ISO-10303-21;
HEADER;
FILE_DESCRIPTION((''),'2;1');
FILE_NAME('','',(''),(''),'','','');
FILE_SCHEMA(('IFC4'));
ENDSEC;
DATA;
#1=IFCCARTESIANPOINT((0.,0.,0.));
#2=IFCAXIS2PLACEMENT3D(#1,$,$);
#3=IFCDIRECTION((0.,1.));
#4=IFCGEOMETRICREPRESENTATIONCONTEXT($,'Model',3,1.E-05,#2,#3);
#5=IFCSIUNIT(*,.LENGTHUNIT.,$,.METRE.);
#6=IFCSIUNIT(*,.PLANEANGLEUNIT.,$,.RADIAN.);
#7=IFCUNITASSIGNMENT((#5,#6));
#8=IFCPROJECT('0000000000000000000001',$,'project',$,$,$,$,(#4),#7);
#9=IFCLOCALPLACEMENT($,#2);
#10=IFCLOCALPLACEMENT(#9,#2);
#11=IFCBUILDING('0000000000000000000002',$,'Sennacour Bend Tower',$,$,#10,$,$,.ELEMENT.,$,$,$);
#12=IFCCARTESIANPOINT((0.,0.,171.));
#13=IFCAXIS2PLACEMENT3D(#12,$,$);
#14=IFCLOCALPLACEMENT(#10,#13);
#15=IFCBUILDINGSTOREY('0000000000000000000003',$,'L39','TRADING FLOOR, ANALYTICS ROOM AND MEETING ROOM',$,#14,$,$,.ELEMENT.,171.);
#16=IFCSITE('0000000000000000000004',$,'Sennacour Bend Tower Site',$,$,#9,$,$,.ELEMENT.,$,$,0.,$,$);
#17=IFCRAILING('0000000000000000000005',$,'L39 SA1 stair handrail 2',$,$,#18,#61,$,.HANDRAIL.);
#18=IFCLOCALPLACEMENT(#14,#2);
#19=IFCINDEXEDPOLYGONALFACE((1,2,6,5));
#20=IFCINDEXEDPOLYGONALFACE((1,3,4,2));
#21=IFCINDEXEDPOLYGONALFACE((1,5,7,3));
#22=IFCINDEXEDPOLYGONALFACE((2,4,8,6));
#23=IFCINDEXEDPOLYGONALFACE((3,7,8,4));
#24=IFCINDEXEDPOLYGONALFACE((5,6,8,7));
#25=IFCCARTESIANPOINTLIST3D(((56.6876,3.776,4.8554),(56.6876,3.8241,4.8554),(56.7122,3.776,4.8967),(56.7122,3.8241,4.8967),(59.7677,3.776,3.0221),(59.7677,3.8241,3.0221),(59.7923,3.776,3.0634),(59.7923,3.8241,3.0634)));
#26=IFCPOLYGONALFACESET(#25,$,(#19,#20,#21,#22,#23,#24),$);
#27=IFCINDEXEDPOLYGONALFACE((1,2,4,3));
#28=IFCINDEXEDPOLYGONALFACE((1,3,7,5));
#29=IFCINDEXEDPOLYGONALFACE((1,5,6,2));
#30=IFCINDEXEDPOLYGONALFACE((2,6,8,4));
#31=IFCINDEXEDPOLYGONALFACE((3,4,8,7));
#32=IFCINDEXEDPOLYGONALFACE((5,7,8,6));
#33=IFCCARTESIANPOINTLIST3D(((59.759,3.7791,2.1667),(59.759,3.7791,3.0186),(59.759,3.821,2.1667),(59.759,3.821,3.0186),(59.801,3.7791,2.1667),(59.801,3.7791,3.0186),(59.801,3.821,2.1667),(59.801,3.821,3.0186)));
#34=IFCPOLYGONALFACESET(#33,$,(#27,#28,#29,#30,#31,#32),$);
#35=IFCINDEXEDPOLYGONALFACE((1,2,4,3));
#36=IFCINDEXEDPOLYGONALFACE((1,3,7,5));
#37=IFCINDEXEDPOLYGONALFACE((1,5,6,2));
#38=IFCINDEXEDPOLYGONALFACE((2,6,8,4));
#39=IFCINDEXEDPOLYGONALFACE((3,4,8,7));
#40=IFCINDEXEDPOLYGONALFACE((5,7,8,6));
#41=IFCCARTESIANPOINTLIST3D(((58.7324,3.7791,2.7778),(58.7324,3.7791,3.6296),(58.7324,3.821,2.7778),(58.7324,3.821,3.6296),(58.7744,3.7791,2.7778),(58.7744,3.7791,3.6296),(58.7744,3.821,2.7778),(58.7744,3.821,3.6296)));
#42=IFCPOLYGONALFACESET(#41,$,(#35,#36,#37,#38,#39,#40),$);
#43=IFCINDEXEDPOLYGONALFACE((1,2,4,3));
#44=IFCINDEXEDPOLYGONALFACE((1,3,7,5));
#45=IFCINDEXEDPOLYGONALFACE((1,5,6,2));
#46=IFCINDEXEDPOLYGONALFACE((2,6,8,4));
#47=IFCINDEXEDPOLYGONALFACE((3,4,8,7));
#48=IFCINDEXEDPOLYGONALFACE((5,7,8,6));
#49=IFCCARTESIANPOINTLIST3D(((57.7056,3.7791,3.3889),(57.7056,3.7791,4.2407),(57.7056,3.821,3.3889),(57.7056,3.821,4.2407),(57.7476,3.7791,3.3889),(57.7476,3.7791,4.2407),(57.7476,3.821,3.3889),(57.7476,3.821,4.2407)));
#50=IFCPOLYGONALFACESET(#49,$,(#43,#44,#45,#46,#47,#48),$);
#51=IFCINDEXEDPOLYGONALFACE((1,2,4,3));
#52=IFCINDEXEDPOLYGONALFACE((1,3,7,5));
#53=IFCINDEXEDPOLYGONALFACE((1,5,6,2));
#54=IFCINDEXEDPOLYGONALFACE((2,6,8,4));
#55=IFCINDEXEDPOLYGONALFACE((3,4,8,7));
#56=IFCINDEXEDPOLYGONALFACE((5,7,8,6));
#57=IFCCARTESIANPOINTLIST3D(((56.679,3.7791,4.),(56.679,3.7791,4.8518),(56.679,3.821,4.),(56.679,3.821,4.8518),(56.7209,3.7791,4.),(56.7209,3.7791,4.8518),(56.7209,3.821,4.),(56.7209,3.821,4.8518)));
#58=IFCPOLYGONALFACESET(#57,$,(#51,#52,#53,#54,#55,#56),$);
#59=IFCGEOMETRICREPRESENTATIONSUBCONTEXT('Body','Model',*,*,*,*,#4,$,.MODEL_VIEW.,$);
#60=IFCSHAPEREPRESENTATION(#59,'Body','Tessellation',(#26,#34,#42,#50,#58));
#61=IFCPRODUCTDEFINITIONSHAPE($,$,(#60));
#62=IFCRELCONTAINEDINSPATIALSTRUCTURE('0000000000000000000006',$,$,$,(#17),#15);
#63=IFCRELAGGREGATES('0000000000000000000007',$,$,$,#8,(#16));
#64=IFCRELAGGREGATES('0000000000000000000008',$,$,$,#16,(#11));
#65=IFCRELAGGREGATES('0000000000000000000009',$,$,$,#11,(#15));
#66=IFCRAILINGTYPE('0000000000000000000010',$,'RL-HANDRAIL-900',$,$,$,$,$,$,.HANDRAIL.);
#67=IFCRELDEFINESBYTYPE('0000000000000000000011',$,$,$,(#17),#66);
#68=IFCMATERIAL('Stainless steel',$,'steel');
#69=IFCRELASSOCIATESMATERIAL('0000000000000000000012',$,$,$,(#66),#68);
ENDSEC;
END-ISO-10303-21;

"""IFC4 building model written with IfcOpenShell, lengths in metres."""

from ifc_helpers import new_model, si_unit, direction, frame, origin, origin_2d, place, context, subcontext, project, spatial, rectangle, extrude, material, type_object, element, save


model = new_model("IFC4")

# Units and contexts
model_context = context("Model", 3, precision=1e-05, world=origin(), true_north=direction((0.0, 1.0)))
body_context = subcontext(model_context, "Body", "Model", "MODEL_VIEW")
ifc_project = project(units=[si_unit("LENGTHUNIT", "METRE"), si_unit("PLANEANGLEUNIT", "RADIAN")], contexts=[model_context])

# Site, building, storey
site_placement = place(None, origin())
site = spatial("IfcSite", under=ifc_project, at=site_placement, Name="Sennacour Bend Tower Site", CompositionType="ELEMENT", RefElevation=0.0)
building_placement = place(site_placement, origin())
building = spatial("IfcBuilding", under=site, at=building_placement, Name="Sennacour Bend Tower", CompositionType="ELEMENT")
storey_placement = place(building_placement, frame((0.0, 0.0, 171.0)))
storey = spatial("IfcBuildingStorey", under=building, at=storey_placement, Name="L39", Description="TRADING FLOOR, ANALYTICS ROOM AND MEETING ROOM", CompositionType="ELEMENT", Elevation=171.0)

# Shared definitions
ifc_material_1 = material(Name="Stainless steel", Category="steel")

# Railing
railing_type_1 = type_object("IfcRailingType", Name="RL-HANDRAIL-900", PredefinedType="HANDRAIL", material=ifc_material_1)
railing_1_placement = place(storey_placement, frame((59.78, 3.8, 2.1667)))
element("IfcRailing", 1, at=railing_1_placement, inside=storey, type_object=railing_type_1, Name="L39 SA1 stair handrail 2", PredefinedType="HANDRAIL", context=body_context, shape_type="SweptSolid", body=[
    extrude(rectangle(XDim=0.0481, YDim=0.0481, at=origin_2d()), frame((0.0, 0.0, 0.876), z_axis=(-0.859309, 0.0, 0.511458), x_axis=(0.0, -1.0, 0.0)), (0.0, 0.0, 1.0), 3.5845),
    extrude(rectangle(XDim=0.042, YDim=0.042, at=origin_2d()), origin(), (0.0, 0.0, 1.0), 0.8518),
    extrude(rectangle(XDim=0.042, YDim=0.042, at=origin_2d()), frame((-1.0266, 0.0, 0.6111)), (0.0, 0.0, 1.0), 0.8518),
    extrude(rectangle(XDim=0.042, YDim=0.042, at=origin_2d()), frame((-2.0535, 0.0, 1.2222)), (0.0, 0.0, 1.0), 0.8518),
    extrude(rectangle(XDim=0.042, YDim=0.042, at=origin_2d()), frame((-3.0801, 0.0, 1.8333)), (0.0, 0.0, 1.0), 0.8518),
])

save(model, "model.ifc")
